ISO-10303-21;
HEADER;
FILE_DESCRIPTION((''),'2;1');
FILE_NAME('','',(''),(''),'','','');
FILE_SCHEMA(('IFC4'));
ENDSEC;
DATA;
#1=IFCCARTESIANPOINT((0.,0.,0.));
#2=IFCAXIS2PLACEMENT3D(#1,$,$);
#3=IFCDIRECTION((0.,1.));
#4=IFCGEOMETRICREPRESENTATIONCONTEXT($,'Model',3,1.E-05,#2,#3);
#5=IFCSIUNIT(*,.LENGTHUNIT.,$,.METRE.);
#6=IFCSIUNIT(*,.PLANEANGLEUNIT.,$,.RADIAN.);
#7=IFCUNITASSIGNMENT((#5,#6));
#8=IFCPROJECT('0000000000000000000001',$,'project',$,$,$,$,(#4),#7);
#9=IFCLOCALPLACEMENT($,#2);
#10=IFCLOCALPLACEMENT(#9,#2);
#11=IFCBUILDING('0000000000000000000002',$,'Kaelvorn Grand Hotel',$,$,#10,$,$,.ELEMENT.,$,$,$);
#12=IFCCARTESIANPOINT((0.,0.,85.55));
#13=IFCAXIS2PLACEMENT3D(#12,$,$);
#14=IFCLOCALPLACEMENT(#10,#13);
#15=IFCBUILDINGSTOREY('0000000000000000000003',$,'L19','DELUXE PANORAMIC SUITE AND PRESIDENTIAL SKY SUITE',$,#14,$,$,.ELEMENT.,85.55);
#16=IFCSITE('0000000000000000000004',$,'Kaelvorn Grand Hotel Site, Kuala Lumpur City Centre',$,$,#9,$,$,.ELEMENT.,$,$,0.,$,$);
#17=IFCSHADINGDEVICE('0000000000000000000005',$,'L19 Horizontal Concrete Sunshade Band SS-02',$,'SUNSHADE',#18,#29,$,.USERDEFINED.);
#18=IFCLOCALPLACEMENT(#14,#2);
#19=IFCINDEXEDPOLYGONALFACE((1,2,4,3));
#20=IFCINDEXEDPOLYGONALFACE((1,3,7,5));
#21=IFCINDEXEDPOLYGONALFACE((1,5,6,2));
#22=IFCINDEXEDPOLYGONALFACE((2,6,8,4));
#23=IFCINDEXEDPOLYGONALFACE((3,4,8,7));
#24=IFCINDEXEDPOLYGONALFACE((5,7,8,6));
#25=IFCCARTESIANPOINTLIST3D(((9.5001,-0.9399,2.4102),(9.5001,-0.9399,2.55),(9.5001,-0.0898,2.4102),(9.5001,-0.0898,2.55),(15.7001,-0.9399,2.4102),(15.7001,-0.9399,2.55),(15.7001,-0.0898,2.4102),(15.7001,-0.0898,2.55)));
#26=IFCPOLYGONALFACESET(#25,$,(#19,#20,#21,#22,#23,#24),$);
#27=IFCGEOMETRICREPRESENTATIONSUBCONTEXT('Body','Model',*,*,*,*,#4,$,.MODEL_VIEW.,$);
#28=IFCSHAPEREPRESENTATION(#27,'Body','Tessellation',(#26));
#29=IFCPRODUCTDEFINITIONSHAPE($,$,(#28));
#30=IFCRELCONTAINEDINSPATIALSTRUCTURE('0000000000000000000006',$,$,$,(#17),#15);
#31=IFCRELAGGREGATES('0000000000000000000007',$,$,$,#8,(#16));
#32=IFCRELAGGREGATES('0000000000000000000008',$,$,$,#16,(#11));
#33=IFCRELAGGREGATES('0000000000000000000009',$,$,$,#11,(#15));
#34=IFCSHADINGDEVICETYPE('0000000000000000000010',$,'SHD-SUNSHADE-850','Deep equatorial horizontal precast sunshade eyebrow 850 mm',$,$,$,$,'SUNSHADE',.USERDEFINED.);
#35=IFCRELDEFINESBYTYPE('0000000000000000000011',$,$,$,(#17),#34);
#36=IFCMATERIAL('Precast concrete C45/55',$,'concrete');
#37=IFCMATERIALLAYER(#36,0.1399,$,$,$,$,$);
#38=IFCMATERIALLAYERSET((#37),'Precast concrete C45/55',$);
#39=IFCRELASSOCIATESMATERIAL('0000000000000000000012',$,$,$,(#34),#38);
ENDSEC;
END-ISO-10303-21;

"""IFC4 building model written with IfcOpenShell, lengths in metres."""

from ifc_helpers import new_model, si_unit, direction, frame, origin, origin_2d, place, context, subcontext, project, spatial, rectangle, extrude, material, layer, layer_set, type_object, element, save


model = new_model("IFC4")

# Units and contexts
model_context = context("Model", 3, precision=1e-05, world=origin(), true_north=direction((0.0, 1.0)))
body_context = subcontext(model_context, "Body", "Model", "MODEL_VIEW")
ifc_project = project(units=[si_unit("LENGTHUNIT", "METRE"), si_unit("PLANEANGLEUNIT", "RADIAN")], contexts=[model_context])

# Site, building, storey
site_placement = place(None, origin())
site = spatial("IfcSite", under=ifc_project, at=site_placement, Name="Kaelvorn Grand Hotel Site, Kuala Lumpur City Centre", CompositionType="ELEMENT", RefElevation=0.0)
building_placement = place(site_placement, origin())
building = spatial("IfcBuilding", under=site, at=building_placement, Name="Kaelvorn Grand Hotel", CompositionType="ELEMENT")
storey_placement = place(building_placement, frame((0.0, 0.0, 85.55)))
storey = spatial("IfcBuildingStorey", under=building, at=storey_placement, Name="L19", Description="DELUXE PANORAMIC SUITE AND PRESIDENTIAL SKY SUITE", CompositionType="ELEMENT", Elevation=85.55)

# Shading device
ifc_material_1 = material(Name="Precast concrete C45/55", Category="concrete")
ifc_layer_1 = layer(ifc_material_1, 0.1399)
ifc_layer_set_1 = layer_set([ifc_layer_1], Name="Precast concrete C45/55")
shading_device_type = type_object("IfcShadingDeviceType", Name="SHD-SUNSHADE-850", Description="Deep equatorial horizontal precast sunshade eyebrow 850 mm", ElementType="SUNSHADE", PredefinedType="USERDEFINED", material=ifc_layer_set_1)
shading_device_placement = place(storey_placement, frame((12.6001, -0.5149, 2.4102), z_axis=(0.0, 0.0, 1.0), x_axis=(1.0, 0.0, 0.0)))
element("IfcShadingDevice", 1, at=shading_device_placement, inside=storey, type_object=shading_device_type, Name="L19 Horizontal Concrete Sunshade Band SS-02", ObjectType="SUNSHADE", PredefinedType="USERDEFINED", context=body_context, shape_type="SweptSolid", body=[
    extrude(rectangle(XDim=6.2, YDim=0.8501, at=origin_2d()), origin(), (0.0, 0.0, 1.0), 0.1399),
])

save(model, "model.ifc")
